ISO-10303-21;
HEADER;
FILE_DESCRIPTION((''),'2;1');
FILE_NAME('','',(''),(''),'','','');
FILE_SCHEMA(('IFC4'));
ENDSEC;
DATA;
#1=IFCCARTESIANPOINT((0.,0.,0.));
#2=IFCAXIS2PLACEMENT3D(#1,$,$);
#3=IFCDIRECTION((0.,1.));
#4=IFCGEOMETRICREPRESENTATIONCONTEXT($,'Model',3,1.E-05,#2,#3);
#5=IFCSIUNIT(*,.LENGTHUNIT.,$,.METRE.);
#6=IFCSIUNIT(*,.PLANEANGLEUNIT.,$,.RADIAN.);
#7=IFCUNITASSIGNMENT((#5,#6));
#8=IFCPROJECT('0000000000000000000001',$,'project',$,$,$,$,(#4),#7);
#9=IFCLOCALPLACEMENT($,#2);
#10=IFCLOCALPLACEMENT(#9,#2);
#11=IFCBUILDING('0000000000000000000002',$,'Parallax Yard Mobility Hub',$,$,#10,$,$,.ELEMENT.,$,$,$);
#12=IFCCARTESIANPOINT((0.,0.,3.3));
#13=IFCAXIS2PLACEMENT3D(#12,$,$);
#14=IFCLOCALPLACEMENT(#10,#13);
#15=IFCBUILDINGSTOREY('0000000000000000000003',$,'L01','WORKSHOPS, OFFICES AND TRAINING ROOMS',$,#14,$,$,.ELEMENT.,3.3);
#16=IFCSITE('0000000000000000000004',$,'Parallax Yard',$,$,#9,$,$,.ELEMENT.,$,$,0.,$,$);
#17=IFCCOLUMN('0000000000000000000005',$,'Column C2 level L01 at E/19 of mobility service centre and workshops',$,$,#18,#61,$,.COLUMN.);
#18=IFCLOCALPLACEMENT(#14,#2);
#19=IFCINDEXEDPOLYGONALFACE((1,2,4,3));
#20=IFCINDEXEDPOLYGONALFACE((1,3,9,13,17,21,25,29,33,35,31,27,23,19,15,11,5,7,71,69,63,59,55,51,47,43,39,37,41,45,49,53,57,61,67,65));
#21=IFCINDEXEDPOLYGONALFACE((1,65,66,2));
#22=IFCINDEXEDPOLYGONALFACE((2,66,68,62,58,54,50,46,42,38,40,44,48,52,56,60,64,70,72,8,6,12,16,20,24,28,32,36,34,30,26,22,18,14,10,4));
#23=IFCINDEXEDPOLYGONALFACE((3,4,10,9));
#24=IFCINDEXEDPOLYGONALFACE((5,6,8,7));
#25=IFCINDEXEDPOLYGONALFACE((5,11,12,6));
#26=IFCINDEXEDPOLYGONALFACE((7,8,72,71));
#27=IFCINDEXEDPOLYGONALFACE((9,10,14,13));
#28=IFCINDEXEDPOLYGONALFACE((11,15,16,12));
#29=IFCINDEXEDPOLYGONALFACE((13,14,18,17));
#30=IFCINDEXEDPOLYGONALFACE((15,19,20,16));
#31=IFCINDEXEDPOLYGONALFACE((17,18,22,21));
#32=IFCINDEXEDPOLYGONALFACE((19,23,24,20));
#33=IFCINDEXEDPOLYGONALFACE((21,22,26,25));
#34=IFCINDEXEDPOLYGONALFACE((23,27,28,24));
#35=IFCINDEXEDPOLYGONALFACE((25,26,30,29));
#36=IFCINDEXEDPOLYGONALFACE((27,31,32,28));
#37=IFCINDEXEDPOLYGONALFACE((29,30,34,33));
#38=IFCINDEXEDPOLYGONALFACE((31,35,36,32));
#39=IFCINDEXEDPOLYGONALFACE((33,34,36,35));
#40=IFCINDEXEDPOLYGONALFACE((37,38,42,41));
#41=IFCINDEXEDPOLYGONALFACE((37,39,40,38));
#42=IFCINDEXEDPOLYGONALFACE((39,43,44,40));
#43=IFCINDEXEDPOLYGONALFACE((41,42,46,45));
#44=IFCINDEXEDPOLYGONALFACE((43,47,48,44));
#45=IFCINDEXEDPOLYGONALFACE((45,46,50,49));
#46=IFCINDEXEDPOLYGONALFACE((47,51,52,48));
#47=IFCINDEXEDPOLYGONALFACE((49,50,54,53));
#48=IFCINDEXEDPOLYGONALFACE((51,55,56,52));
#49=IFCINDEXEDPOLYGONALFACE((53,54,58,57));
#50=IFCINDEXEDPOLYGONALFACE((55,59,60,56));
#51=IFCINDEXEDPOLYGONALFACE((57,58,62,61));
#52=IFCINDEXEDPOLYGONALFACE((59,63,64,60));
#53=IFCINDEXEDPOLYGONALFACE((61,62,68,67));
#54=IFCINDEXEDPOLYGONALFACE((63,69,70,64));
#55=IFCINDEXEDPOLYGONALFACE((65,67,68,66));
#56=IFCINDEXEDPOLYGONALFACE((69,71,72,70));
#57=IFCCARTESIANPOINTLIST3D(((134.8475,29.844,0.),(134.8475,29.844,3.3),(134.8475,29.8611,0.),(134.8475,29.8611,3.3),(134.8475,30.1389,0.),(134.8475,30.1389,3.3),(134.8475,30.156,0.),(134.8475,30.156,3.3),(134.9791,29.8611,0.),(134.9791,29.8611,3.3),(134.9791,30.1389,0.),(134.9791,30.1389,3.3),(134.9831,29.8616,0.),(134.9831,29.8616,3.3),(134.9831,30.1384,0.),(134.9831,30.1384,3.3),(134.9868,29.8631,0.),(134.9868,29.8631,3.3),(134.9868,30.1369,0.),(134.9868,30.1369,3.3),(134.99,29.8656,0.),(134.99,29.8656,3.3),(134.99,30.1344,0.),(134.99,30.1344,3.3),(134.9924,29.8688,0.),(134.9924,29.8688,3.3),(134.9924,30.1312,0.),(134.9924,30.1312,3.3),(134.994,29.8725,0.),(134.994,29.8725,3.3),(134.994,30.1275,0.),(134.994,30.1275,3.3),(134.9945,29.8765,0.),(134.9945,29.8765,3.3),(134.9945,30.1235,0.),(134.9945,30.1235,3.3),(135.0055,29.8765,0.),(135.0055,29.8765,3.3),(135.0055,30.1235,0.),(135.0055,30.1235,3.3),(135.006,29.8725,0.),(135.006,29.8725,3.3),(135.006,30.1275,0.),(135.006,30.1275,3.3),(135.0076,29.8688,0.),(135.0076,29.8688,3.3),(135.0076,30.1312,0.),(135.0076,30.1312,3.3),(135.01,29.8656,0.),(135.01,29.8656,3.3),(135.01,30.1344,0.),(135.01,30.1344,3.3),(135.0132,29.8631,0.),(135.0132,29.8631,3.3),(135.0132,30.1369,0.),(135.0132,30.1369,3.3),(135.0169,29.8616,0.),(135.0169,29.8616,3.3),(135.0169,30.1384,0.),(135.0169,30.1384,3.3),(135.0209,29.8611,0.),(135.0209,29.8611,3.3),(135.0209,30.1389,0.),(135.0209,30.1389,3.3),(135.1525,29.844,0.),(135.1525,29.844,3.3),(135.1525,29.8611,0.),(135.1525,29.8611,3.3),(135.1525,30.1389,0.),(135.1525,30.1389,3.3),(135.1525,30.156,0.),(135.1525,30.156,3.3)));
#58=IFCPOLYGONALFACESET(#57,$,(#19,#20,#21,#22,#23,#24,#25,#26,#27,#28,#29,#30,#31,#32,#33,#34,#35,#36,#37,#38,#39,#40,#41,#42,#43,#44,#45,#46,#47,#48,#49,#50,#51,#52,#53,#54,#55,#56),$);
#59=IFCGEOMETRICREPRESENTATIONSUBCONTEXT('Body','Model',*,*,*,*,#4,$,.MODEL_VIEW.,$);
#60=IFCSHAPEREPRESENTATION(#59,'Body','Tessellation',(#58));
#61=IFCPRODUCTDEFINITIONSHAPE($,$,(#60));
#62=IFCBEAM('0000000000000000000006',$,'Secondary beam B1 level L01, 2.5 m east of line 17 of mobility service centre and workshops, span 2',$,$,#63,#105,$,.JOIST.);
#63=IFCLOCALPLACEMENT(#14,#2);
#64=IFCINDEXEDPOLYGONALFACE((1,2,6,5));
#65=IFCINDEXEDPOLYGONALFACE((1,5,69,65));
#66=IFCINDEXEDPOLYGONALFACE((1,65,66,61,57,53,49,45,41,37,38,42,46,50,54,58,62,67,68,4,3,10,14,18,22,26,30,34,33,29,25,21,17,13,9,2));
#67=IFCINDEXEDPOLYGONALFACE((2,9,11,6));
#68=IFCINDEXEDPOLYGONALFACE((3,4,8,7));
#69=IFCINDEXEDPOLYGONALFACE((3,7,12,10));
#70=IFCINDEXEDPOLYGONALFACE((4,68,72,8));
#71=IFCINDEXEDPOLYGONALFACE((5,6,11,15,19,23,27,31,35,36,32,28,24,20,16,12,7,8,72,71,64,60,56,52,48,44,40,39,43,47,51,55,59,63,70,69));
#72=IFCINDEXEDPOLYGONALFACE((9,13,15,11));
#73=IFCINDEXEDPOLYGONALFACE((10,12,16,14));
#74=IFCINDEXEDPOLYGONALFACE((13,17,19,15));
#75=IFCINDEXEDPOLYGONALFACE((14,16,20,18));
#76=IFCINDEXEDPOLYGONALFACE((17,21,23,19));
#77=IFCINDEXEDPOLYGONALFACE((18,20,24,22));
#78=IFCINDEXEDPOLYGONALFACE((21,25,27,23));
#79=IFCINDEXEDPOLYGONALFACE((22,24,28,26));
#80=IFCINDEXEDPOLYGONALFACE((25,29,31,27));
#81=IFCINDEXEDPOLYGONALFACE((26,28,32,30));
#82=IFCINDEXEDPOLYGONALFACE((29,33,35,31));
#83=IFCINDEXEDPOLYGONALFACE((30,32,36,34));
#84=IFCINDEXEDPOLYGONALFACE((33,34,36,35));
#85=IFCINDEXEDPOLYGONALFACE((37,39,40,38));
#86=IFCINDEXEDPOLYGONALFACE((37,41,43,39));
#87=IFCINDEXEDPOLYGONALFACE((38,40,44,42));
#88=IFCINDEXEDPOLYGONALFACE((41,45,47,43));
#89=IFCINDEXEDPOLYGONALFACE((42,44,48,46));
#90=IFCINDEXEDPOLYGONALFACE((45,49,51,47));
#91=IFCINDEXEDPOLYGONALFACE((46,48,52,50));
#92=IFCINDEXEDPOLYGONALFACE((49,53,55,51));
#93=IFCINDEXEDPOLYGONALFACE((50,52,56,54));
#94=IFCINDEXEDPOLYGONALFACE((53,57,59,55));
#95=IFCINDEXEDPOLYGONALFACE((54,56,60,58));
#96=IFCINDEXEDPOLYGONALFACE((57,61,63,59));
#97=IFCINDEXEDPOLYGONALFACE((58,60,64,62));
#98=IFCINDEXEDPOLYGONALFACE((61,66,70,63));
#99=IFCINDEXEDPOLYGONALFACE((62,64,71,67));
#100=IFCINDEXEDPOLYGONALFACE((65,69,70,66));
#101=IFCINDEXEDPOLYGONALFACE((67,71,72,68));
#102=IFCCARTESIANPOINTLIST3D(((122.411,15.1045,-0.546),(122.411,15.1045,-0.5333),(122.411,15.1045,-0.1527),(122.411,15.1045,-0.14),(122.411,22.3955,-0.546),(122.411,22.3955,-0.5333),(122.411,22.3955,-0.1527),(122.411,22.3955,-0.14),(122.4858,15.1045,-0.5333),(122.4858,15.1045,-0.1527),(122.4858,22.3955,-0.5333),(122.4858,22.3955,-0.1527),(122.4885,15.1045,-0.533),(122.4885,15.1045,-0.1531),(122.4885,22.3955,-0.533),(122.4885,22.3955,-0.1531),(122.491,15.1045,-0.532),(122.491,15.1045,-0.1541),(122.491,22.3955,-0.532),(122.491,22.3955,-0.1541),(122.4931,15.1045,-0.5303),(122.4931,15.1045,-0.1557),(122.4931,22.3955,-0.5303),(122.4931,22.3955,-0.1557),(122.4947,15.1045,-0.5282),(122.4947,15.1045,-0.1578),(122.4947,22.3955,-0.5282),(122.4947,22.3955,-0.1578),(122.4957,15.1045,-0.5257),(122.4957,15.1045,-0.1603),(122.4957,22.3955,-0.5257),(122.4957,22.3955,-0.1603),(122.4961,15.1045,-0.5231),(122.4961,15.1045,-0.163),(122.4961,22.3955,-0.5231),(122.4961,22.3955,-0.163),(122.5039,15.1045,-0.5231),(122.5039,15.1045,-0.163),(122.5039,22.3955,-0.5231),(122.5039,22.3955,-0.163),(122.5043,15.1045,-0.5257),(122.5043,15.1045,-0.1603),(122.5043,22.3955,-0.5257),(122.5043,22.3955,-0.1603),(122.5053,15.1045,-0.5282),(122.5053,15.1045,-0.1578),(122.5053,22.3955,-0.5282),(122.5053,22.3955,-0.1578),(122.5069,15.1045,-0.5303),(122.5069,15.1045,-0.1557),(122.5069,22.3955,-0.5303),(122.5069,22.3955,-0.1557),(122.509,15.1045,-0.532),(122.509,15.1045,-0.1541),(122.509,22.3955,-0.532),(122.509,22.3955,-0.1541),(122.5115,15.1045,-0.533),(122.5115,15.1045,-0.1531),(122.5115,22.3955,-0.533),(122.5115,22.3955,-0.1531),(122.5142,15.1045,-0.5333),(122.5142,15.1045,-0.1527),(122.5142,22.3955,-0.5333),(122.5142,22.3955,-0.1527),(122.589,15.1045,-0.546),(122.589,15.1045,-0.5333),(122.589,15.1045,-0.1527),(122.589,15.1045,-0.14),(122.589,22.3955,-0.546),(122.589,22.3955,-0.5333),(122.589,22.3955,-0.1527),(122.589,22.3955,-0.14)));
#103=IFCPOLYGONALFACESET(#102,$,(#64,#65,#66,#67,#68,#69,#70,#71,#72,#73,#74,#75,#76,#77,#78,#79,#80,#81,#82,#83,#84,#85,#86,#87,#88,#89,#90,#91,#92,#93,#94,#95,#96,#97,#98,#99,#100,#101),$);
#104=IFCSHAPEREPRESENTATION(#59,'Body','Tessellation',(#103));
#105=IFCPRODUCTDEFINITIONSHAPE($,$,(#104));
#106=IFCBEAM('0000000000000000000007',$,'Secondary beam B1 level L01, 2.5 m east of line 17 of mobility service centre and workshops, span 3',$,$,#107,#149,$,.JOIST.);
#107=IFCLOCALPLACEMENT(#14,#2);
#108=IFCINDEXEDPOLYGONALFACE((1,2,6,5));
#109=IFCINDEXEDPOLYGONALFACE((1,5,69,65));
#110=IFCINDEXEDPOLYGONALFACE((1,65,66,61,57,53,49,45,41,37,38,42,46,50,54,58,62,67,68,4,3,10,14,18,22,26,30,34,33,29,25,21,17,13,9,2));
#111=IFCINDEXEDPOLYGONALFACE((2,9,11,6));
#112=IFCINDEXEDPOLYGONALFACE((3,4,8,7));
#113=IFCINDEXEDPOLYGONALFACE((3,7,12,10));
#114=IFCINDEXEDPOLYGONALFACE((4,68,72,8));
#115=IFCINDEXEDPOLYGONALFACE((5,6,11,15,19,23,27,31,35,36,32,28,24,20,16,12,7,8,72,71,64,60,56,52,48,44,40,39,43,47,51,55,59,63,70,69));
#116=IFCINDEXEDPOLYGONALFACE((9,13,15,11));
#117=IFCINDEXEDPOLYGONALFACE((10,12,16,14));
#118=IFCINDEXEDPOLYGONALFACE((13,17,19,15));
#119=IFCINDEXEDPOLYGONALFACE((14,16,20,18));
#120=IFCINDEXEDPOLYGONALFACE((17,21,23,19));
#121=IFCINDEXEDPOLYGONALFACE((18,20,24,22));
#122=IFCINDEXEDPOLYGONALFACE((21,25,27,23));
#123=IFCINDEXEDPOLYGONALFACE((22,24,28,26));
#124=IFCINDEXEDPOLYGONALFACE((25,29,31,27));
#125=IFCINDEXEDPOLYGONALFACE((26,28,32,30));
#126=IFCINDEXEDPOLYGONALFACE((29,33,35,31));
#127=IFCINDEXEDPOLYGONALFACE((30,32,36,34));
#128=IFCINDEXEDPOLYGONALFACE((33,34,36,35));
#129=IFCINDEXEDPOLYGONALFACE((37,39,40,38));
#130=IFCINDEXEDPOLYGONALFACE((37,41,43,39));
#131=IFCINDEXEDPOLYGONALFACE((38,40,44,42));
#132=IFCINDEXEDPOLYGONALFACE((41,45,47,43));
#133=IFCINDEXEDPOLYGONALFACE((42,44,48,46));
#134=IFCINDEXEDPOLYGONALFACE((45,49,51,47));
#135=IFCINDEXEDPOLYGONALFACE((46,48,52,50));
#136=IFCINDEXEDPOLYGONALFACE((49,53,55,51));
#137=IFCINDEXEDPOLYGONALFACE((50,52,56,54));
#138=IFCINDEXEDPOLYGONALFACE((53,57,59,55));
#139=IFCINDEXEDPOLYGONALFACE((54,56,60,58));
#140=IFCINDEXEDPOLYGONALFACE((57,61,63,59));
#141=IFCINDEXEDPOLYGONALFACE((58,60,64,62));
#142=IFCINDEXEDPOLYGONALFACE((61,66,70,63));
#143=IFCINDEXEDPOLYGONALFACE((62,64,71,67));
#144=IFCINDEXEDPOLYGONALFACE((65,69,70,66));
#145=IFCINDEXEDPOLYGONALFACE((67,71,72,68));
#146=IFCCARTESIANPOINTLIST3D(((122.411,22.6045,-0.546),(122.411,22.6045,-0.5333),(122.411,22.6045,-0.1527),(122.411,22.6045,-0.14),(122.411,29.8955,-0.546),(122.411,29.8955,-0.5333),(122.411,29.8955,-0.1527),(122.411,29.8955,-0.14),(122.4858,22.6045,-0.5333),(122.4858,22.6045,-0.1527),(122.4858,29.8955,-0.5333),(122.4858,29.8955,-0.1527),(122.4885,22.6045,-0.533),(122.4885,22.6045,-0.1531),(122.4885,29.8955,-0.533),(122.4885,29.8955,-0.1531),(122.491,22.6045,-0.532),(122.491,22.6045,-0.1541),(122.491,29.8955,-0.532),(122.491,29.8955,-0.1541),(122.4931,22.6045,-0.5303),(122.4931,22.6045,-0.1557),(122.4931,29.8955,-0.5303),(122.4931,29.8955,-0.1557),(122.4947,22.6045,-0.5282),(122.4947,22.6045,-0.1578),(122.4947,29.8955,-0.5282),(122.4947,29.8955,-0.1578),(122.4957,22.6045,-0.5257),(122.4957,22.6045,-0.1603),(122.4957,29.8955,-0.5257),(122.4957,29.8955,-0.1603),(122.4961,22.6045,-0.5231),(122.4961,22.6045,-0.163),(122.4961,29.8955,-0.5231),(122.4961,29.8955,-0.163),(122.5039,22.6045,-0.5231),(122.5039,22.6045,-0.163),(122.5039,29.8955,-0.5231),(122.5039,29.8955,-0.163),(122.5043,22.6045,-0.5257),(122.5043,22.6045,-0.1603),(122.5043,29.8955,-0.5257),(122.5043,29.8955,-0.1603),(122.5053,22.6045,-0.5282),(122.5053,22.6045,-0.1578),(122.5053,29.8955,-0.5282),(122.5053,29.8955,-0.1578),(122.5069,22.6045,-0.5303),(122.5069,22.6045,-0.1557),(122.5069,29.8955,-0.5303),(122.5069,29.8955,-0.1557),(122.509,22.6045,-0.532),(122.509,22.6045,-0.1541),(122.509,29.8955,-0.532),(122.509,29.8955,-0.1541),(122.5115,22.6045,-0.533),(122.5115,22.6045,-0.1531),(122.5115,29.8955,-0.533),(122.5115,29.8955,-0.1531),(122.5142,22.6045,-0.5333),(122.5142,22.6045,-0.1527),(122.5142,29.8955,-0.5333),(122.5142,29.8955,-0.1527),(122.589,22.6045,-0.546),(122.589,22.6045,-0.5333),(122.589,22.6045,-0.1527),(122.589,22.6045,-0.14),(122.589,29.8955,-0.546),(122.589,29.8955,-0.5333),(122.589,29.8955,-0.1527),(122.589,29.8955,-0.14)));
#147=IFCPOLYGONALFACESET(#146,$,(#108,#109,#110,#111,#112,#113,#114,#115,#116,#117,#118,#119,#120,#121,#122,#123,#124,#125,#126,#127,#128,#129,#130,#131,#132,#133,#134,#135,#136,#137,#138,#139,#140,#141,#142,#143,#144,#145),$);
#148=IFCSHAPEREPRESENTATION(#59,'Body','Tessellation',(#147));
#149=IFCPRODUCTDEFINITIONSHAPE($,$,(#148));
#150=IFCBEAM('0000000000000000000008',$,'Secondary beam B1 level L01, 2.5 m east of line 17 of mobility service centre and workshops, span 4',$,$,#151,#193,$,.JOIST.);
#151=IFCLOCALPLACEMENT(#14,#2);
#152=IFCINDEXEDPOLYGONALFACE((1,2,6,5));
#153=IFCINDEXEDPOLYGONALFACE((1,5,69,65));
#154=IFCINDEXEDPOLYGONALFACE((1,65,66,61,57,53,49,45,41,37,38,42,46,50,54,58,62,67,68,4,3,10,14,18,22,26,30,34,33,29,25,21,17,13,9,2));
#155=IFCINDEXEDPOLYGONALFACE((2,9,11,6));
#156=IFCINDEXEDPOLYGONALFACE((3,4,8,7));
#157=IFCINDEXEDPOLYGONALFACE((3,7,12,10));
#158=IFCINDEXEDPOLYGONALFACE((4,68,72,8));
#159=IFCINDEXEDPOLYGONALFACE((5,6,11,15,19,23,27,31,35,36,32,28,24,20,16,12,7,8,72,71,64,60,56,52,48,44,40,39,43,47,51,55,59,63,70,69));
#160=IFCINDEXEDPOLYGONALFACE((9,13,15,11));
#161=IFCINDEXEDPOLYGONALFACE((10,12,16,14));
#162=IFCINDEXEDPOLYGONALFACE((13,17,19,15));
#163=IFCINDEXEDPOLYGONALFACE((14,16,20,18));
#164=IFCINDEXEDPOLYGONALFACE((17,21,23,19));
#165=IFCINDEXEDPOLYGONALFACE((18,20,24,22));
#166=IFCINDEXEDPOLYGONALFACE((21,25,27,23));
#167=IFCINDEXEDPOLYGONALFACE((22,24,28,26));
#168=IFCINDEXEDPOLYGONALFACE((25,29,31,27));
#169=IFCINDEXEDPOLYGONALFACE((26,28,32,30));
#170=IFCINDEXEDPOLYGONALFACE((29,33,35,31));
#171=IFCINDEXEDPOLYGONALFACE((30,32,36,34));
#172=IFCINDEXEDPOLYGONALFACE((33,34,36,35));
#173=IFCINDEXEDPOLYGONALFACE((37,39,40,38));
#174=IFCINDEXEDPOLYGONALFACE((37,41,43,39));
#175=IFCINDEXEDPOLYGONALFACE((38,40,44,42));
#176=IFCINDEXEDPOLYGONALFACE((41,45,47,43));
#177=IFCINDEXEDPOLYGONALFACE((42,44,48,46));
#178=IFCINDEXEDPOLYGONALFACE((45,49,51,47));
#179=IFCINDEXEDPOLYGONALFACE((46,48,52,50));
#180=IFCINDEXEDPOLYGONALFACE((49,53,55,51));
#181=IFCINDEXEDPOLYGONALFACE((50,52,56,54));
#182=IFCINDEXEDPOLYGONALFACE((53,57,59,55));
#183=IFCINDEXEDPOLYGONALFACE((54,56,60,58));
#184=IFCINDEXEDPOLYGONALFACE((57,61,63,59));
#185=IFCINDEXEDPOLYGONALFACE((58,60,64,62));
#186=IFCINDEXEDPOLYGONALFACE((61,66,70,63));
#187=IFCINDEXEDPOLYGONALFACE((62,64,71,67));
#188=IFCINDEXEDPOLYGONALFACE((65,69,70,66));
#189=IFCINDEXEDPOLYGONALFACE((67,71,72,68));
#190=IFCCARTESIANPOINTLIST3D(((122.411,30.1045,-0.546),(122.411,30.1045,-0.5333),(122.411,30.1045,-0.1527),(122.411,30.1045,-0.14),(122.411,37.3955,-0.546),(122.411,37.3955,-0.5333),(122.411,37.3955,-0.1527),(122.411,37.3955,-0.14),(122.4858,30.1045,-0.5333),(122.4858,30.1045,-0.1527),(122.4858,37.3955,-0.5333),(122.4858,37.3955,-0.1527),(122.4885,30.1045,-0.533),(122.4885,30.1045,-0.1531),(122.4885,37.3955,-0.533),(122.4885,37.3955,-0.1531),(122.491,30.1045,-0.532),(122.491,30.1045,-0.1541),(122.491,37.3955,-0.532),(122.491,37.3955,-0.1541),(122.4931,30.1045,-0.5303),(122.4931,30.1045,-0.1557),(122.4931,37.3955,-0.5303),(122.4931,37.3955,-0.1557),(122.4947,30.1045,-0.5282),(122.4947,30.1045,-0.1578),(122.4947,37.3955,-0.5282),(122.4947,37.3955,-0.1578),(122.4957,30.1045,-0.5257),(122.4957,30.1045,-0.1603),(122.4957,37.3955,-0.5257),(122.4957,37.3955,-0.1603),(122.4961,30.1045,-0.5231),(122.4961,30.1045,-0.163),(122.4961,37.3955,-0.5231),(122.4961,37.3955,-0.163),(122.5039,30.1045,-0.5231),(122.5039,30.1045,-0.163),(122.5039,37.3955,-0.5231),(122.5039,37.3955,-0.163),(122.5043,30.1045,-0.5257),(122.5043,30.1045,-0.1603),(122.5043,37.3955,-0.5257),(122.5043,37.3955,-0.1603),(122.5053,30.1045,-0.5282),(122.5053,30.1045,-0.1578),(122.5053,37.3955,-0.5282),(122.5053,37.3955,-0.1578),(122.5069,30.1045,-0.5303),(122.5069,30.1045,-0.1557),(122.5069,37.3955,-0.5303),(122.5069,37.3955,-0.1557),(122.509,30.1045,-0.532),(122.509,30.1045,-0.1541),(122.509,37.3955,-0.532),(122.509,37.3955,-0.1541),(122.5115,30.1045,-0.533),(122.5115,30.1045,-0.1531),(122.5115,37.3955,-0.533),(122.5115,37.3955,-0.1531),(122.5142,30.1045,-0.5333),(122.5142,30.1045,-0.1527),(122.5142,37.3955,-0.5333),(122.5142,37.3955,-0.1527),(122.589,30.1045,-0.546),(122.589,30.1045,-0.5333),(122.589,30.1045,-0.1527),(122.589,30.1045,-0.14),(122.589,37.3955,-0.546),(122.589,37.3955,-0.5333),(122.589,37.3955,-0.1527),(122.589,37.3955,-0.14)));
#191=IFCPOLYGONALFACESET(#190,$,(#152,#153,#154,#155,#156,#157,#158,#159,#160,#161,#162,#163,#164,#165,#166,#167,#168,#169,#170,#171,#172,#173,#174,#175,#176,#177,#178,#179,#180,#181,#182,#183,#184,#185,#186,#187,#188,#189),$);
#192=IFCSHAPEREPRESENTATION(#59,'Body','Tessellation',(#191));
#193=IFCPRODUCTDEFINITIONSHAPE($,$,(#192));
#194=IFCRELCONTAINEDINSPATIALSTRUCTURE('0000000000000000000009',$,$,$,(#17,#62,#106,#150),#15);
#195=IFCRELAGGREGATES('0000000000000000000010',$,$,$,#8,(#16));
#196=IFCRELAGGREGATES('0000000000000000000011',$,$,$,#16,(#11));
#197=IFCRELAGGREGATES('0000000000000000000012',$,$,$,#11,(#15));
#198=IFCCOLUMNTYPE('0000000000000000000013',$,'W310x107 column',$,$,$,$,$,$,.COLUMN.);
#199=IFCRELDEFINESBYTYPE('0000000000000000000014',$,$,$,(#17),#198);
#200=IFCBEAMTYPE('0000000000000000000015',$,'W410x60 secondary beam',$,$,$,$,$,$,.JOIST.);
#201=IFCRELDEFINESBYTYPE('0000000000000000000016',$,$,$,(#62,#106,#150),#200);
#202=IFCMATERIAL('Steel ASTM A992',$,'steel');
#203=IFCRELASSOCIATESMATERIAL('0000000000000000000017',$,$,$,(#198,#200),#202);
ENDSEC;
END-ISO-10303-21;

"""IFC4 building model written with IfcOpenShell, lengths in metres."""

from ifc_helpers import new_model, si_unit, direction, frame, origin, origin_2d, place, context, subcontext, project, spatial, i_section, extrude, material, material_profile, profile_set, type_object, element, save


model = new_model("IFC4")

# Units and contexts
model_context = context("Model", 3, precision=1e-05, world=origin(), true_north=direction((0.0, 1.0)))
body_context = subcontext(model_context, "Body", "Model", "MODEL_VIEW")
ifc_project = project(units=[si_unit("LENGTHUNIT", "METRE"), si_unit("PLANEANGLEUNIT", "RADIAN")], contexts=[model_context])

# Site, building, storey
site_placement = place(None, origin())
site = spatial("IfcSite", under=ifc_project, at=site_placement, Name="Parallax Yard", CompositionType="ELEMENT", RefElevation=0.0)
building_placement = place(site_placement, origin())
building = spatial("IfcBuilding", under=site, at=building_placement, Name="Parallax Yard Mobility Hub", CompositionType="ELEMENT")
storey_placement = place(building_placement, frame((0.0, 0.0, 3.3)))
storey = spatial("IfcBuildingStorey", under=building, at=storey_placement, Name="L01", Description="WORKSHOPS, OFFICES AND TRAINING ROOMS", CompositionType="ELEMENT", Elevation=3.3)

# Column
ifc_material_1 = material(Name="Steel ASTM A992", Category="steel")
ifc_material_profile_1 = material_profile(ifc_material_1, i_section(OverallWidth=0.3049, OverallDepth=0.312, WebThickness=0.011, FlangeThickness=0.0171, FilletRadius=0.0154, at=origin_2d()), Name="W310x107")
ifc_profile_set_1 = profile_set([ifc_material_profile_1], Name="Steel ASTM A992")
column_type = type_object("IfcColumnType", Name="W310x107 column", PredefinedType="COLUMN", material=ifc_profile_set_1)
for number, where, z_axis, x_axis, name in (
    (1, (135.0, 30.0, 0.0), (0.0, 0.0, 1.0), (1.0, 0.0, 0.0), "Column C2 level L01 at E/19 of mobility service centre and workshops"),
):
    element("IfcColumn", number, at=place(storey_placement, frame(where, z_axis=z_axis, x_axis=x_axis)), inside=storey, type_object=column_type, Name=name, PredefinedType="COLUMN", context=body_context, shape_type="SweptSolid", body=[
        extrude(i_section(OverallWidth=0.3049, OverallDepth=0.312, WebThickness=0.011, FlangeThickness=0.0171, FilletRadius=0.0154, at=origin_2d()), origin(), (0.0, 0.0, 1.0), 3.3),
    ])

# Beams
ifc_material_profile_2 = material_profile(ifc_material_1, i_section(OverallWidth=0.178, OverallDepth=0.406, WebThickness=0.0078, FlangeThickness=0.0127, FilletRadius=0.0103, at=origin_2d()), Name="W410x60")
ifc_profile_set_2 = profile_set([ifc_material_profile_2], Name="Steel ASTM A992")
beam_type_1 = type_object("IfcBeamType", Name="W410x60 secondary beam", PredefinedType="JOIST", material=ifc_profile_set_2)
for number, where, z_axis, x_axis, name in (
    (2, (122.5, 15.1045, -0.343), (0.0, 1.0, 0.0), (-1.0, 0.0, 0.0), "Secondary beam B1 level L01, 2.5 m east of line 17 of mobility service centre and workshops, span 2"),
    (3, (122.5, 22.6045, -0.343), (0.0, 1.0, 0.0), (-1.0, 0.0, 0.0), "Secondary beam B1 level L01, 2.5 m east of line 17 of mobility service centre and workshops, span 3"),
    (4, (122.5, 30.1045, -0.343), (0.0, 1.0, 0.0), (-1.0, 0.0, 0.0), "Secondary beam B1 level L01, 2.5 m east of line 17 of mobility service centre and workshops, span 4"),
):
    element("IfcBeam", number, at=place(storey_placement, frame(where, z_axis=z_axis, x_axis=x_axis)), inside=storey, type_object=beam_type_1, Name=name, PredefinedType="JOIST", context=body_context, shape_type="SweptSolid", body=[
        extrude(i_section(OverallWidth=0.178, OverallDepth=0.406, WebThickness=0.0078, FlangeThickness=0.0127, FilletRadius=0.0103, at=origin_2d()), origin(), (0.0, 0.0, 1.0), 7.291),
    ])

save(model, "model.ifc")
